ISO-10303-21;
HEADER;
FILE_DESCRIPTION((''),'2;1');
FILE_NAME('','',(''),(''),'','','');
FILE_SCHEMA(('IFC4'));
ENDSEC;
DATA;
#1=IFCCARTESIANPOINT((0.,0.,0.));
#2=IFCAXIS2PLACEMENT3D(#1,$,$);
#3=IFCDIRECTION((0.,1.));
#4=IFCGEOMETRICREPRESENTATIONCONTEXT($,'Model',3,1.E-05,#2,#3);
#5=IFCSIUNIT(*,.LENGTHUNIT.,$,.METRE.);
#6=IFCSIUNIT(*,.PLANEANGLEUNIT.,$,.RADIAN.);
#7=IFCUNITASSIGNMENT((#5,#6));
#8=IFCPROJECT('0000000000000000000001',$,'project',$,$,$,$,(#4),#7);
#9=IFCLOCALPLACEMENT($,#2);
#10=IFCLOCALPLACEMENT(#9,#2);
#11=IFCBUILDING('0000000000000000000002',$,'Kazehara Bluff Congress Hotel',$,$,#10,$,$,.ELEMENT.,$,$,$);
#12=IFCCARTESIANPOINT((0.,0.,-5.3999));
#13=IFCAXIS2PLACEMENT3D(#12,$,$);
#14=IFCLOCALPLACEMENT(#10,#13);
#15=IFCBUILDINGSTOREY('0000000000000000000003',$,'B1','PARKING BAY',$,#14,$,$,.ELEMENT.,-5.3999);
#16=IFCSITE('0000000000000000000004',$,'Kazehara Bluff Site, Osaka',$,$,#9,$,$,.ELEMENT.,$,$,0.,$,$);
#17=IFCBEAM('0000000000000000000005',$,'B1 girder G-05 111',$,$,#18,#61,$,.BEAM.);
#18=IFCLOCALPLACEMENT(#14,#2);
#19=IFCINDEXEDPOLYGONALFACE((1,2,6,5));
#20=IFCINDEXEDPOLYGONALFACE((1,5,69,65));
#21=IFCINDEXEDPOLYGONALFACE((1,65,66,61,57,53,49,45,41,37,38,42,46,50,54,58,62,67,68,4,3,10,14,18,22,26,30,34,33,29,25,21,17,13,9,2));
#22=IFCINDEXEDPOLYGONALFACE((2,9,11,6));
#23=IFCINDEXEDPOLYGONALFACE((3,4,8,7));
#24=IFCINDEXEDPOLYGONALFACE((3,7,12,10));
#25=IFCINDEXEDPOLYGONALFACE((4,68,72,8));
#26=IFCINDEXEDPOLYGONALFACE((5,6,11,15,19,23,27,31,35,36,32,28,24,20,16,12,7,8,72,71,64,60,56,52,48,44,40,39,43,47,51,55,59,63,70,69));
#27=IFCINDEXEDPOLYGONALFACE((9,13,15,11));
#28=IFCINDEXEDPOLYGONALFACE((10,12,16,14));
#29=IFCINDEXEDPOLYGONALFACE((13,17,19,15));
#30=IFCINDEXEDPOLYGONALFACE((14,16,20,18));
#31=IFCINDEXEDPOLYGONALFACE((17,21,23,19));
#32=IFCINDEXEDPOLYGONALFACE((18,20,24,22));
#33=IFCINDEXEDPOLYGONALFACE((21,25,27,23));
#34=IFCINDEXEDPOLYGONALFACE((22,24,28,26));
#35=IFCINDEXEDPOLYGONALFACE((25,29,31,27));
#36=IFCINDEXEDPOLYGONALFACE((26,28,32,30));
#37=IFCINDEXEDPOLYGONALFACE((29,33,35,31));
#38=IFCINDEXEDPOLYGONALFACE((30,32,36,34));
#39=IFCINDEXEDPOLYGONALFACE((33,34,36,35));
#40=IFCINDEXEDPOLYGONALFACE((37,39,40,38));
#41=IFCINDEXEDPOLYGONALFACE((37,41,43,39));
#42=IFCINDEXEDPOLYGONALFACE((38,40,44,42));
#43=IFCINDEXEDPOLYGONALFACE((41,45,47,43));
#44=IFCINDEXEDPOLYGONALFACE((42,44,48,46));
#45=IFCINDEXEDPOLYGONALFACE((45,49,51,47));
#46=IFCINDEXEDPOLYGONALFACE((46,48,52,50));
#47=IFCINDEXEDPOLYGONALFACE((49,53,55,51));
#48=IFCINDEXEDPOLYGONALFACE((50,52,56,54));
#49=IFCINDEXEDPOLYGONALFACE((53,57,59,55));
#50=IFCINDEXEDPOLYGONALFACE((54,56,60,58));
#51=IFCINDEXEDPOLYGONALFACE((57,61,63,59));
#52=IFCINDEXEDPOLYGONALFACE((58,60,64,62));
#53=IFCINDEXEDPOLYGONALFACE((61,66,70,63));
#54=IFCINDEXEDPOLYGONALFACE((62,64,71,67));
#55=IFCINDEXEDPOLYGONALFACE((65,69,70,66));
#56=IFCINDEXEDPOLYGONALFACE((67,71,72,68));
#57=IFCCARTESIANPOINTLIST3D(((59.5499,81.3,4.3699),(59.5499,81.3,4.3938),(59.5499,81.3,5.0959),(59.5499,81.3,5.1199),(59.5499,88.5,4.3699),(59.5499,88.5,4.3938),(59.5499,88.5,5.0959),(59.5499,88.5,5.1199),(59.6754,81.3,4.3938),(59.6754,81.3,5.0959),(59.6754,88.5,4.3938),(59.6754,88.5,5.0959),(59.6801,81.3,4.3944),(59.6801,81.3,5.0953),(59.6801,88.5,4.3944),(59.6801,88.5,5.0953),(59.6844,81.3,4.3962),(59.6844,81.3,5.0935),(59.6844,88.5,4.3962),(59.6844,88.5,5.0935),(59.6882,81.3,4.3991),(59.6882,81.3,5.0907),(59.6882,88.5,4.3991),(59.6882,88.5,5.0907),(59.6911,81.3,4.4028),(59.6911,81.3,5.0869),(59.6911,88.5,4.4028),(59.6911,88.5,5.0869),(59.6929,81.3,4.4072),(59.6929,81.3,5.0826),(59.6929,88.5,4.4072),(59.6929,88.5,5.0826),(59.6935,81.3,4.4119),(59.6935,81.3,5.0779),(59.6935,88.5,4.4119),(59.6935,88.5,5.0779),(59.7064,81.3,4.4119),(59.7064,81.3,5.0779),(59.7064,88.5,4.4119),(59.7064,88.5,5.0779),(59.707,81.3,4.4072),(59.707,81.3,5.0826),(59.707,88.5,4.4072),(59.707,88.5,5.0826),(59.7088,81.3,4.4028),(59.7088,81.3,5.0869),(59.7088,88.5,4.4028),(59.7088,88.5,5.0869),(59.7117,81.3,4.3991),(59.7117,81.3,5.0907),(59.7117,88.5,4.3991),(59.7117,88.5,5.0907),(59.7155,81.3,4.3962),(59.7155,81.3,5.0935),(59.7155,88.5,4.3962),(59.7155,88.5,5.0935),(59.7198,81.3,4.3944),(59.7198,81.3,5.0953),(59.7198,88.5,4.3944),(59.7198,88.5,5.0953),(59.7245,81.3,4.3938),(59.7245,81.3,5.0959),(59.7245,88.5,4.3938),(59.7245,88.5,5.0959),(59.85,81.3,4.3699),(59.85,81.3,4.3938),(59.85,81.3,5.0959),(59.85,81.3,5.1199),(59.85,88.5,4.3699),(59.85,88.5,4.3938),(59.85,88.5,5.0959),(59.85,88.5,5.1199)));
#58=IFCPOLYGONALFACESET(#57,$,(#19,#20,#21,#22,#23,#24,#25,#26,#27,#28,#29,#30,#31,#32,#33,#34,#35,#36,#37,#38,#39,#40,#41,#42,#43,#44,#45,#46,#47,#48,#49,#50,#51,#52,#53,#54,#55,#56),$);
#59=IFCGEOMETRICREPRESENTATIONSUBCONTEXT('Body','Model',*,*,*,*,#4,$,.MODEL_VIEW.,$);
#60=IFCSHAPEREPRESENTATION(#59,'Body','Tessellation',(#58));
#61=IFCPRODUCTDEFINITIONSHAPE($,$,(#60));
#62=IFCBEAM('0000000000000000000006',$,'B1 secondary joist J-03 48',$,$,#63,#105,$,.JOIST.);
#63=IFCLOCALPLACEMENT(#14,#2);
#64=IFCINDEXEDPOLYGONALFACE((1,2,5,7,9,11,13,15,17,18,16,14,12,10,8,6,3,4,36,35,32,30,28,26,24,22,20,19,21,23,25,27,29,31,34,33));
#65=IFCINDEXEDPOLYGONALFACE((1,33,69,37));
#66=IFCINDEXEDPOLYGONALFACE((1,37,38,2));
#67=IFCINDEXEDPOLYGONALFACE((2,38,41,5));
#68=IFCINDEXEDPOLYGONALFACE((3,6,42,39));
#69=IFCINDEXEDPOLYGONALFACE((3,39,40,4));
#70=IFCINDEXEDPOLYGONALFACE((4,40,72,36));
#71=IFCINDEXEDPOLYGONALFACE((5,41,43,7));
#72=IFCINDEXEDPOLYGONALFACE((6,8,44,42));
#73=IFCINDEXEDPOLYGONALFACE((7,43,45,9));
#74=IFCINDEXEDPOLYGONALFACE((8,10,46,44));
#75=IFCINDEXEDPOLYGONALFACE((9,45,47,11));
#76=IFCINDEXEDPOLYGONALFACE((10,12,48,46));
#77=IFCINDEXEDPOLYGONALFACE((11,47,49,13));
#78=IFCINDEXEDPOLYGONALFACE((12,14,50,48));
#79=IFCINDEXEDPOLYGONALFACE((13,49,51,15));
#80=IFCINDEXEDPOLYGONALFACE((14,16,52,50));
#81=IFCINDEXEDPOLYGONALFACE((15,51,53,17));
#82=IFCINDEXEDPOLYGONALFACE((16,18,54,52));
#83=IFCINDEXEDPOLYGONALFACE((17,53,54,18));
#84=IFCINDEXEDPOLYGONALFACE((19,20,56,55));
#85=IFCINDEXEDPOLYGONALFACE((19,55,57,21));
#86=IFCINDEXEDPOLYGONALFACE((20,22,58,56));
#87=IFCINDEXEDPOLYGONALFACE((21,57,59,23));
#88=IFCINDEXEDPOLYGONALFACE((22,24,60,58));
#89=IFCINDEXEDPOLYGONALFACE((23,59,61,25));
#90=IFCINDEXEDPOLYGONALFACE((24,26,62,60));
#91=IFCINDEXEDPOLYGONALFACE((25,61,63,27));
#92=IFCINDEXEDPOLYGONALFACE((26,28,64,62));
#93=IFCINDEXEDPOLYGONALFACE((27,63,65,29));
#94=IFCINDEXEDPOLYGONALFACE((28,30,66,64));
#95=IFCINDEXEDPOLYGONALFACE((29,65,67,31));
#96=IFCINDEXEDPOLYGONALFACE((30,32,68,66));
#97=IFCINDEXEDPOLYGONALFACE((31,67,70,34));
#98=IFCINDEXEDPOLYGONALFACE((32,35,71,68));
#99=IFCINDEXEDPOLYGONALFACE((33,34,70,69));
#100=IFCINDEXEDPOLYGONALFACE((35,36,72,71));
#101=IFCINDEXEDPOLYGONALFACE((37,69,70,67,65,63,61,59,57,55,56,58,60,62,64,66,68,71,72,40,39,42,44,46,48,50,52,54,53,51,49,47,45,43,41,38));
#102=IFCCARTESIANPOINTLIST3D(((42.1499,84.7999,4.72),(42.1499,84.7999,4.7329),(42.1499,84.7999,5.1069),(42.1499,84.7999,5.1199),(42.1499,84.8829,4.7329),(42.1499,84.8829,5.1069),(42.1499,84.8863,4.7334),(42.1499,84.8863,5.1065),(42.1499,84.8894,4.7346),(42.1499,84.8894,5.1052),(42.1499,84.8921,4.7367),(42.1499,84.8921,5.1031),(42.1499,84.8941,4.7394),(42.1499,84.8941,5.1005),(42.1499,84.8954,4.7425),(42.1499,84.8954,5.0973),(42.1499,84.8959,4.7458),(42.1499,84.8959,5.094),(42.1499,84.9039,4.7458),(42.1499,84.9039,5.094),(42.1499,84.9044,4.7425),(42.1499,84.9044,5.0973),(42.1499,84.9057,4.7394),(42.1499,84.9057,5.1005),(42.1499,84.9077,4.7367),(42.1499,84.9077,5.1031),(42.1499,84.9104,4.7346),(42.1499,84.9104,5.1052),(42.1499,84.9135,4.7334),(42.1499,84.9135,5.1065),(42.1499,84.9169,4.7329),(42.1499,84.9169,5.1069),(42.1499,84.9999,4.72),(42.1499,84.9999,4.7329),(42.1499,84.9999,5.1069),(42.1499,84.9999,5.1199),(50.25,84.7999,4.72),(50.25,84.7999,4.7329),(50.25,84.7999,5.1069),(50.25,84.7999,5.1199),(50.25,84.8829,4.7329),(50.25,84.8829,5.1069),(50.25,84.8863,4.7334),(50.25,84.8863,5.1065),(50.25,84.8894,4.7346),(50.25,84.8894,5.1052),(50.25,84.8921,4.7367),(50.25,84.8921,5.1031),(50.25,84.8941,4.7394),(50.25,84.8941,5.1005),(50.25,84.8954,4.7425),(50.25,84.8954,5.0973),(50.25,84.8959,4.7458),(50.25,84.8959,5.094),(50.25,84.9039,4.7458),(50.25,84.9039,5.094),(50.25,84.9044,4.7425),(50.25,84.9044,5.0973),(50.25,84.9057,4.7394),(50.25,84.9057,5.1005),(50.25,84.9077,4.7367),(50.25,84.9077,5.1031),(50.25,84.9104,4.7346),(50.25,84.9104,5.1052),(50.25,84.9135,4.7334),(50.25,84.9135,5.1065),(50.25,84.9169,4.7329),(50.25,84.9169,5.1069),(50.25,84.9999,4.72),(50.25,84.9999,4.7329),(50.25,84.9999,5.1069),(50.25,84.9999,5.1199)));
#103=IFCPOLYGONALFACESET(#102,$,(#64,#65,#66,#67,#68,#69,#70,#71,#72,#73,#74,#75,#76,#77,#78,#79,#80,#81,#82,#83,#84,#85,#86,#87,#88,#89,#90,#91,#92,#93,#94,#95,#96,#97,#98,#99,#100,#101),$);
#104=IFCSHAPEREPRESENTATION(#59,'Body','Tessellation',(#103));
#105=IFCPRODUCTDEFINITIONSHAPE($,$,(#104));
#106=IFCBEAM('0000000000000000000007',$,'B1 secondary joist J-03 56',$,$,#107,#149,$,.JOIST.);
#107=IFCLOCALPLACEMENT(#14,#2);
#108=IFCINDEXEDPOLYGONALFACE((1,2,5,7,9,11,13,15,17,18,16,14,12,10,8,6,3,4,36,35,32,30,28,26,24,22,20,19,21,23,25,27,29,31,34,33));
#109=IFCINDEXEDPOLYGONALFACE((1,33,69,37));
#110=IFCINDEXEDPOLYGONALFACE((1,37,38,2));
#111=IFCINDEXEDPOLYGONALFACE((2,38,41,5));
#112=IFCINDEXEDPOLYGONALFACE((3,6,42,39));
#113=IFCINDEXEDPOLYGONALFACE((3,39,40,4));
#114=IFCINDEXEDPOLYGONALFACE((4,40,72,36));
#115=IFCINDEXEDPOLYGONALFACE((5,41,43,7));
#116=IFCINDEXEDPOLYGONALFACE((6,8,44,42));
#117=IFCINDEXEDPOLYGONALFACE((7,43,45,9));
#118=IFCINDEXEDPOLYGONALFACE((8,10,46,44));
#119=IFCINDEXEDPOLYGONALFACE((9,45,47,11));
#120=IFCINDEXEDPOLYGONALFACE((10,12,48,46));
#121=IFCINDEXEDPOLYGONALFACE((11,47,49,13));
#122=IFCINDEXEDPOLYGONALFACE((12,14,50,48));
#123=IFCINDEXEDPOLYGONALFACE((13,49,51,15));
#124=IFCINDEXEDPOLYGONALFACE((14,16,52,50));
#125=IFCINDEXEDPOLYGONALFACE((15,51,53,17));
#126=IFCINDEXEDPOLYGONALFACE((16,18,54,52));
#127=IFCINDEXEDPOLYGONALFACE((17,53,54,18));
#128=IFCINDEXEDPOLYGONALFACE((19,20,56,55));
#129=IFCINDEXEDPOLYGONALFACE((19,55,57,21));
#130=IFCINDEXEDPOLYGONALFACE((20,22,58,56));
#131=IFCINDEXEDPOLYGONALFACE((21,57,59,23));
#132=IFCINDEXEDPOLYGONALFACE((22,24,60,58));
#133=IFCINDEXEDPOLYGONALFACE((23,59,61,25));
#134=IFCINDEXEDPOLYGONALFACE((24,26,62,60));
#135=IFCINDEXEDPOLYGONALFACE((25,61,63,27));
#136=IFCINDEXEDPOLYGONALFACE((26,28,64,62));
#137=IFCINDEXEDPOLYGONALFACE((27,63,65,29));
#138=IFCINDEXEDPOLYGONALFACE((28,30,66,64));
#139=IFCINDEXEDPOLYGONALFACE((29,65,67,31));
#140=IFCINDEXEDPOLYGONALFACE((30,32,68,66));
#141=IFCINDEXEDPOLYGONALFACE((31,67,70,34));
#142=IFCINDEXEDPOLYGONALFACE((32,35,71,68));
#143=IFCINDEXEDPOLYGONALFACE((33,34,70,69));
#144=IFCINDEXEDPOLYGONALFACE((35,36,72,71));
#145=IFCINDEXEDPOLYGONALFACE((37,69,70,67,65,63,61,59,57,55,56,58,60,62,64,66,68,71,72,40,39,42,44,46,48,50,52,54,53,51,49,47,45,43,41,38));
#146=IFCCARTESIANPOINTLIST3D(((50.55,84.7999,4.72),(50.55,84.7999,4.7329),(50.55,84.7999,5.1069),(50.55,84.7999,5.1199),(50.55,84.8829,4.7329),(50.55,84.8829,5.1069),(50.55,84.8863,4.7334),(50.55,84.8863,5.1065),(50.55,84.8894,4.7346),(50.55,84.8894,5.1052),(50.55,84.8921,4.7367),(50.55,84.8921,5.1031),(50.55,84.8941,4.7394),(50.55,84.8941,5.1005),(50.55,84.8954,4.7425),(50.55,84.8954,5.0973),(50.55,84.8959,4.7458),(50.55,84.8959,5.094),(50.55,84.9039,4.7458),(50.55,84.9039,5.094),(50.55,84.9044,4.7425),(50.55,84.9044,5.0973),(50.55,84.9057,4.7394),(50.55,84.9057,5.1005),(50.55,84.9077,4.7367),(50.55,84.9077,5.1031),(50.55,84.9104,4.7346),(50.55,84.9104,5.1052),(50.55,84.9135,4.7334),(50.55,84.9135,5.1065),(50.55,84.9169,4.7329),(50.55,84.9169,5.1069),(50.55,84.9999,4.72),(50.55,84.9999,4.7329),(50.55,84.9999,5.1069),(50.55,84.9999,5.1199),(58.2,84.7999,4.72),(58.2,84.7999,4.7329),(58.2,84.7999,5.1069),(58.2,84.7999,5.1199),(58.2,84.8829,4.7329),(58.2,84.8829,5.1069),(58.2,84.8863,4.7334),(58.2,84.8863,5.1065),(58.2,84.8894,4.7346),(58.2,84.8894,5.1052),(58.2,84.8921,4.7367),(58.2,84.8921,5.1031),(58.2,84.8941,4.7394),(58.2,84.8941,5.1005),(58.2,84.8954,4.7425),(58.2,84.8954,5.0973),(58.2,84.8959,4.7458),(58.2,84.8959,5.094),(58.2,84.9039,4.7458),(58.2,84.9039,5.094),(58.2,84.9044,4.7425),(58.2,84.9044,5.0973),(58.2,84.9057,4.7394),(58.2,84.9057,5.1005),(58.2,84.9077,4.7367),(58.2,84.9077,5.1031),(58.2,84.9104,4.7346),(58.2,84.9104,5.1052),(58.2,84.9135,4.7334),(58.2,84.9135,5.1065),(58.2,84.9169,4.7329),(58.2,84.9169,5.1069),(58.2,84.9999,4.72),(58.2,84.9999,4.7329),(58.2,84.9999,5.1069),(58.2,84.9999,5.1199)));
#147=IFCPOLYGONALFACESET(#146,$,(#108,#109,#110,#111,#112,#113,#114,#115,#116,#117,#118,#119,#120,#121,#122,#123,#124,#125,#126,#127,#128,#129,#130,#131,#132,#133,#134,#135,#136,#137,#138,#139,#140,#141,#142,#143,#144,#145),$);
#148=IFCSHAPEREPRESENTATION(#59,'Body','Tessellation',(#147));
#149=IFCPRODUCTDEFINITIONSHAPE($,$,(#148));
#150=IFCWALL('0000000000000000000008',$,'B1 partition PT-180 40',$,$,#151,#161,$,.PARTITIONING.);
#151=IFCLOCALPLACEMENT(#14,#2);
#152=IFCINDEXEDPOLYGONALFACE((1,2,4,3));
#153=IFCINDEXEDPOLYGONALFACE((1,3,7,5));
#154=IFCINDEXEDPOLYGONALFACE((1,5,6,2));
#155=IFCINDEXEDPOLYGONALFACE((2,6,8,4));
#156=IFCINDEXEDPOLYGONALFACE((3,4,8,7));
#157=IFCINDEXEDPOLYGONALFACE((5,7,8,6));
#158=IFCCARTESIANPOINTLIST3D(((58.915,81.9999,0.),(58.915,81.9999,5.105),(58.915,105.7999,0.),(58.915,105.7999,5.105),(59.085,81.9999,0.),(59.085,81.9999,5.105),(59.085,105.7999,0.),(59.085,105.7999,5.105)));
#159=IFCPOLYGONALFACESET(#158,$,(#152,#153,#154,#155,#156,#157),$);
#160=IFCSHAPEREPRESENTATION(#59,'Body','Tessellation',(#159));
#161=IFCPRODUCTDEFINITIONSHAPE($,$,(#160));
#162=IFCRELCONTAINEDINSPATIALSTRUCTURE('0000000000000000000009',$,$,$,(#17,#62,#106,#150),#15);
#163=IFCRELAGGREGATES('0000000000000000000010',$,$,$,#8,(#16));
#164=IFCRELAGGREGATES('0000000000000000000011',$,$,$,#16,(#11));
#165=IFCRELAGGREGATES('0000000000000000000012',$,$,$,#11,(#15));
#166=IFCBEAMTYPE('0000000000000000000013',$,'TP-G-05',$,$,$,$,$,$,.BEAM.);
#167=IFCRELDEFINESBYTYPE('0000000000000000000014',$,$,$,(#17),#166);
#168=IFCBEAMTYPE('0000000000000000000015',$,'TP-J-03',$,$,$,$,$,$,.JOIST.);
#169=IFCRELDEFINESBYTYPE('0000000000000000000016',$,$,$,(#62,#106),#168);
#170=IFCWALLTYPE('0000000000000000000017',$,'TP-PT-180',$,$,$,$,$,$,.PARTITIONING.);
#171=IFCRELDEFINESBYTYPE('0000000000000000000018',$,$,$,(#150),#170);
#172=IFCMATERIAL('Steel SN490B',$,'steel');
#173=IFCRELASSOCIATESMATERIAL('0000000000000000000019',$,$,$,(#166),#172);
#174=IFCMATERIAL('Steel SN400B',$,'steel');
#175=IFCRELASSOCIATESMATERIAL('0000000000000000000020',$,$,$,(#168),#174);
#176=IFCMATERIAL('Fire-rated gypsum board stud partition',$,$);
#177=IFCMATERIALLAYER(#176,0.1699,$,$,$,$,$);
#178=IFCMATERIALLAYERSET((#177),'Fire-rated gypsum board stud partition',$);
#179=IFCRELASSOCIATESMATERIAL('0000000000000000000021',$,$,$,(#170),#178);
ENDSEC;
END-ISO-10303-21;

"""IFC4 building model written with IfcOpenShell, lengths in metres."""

from ifc_helpers import new_model, si_unit, direction, frame, frame_2d, origin, origin_2d, place, context, subcontext, project, spatial, rectangle, i_section, extrude, material, layer, layer_set, material_profile, profile_set, type_object, element, save


model = new_model("IFC4")

# Units and contexts
model_context = context("Model", 3, precision=1e-05, world=origin(), true_north=direction((0.0, 1.0)))
body_context = subcontext(model_context, "Body", "Model", "MODEL_VIEW")
ifc_project = project(units=[si_unit("LENGTHUNIT", "METRE"), si_unit("PLANEANGLEUNIT", "RADIAN")], contexts=[model_context])

# Site, building, storey
site_placement = place(None, origin())
site = spatial("IfcSite", under=ifc_project, at=site_placement, Name="Kazehara Bluff Site, Osaka", CompositionType="ELEMENT", RefElevation=0.0)
building_placement = place(site_placement, origin())
building = spatial("IfcBuilding", under=site, at=building_placement, Name="Kazehara Bluff Congress Hotel", CompositionType="ELEMENT")
storey_placement = place(building_placement, frame((0.0, 0.0, -5.3999)))
storey = spatial("IfcBuildingStorey", under=building, at=storey_placement, Name="B1", Description="PARKING BAY", CompositionType="ELEMENT", Elevation=-5.3999)

# Beams
ifc_material_1 = material(Name="Steel SN490B", Category="steel")
ifc_material_profile_1 = material_profile(ifc_material_1, i_section(OverallWidth=0.3, OverallDepth=0.75, WebThickness=0.0129, FlangeThickness=0.0239, FilletRadius=0.0181, at=origin_2d()))
ifc_profile_set_1 = profile_set([ifc_material_profile_1], Name="Steel SN490B")
beam_type_1 = type_object("IfcBeamType", Name="TP-G-05", PredefinedType="BEAM", material=ifc_profile_set_1)
beam_1_placement = place(storey_placement, frame((59.7, 81.3, 4.7449), z_axis=(0.0, 1.0, 0.0), x_axis=(-1.0, 0.0, 0.0)))
element("IfcBeam", 1, at=beam_1_placement, inside=storey, type_object=beam_type_1, Name="B1 girder G-05 111", PredefinedType="BEAM", context=body_context, shape_type="SweptSolid", body=[
    extrude(i_section(OverallWidth=0.3, OverallDepth=0.75, WebThickness=0.0129, FlangeThickness=0.0239, FilletRadius=0.0181, at=origin_2d()), origin(), (0.0, 0.0, 1.0), 7.2),
])
ifc_material_2 = material(Name="Steel SN400B", Category="steel")
ifc_material_profile_2 = material_profile(ifc_material_2, i_section(OverallWidth=0.2, OverallDepth=0.3999, WebThickness=0.0081, FlangeThickness=0.0129, FilletRadius=0.0129, at=origin_2d()))
ifc_profile_set_2 = profile_set([ifc_material_profile_2], Name="Steel SN400B")
beam_type_2 = type_object("IfcBeamType", Name="TP-J-03", PredefinedType="JOIST", material=ifc_profile_set_2)
beam_2_placement = place(storey_placement, frame((42.1499, 84.8999, 4.9199), z_axis=(1.0, 0.0, 0.0), x_axis=(0.0, 1.0, 0.0)))
element("IfcBeam", 2, at=beam_2_placement, inside=storey, type_object=beam_type_2, Name="B1 secondary joist J-03 48", PredefinedType="JOIST", context=body_context, shape_type="SweptSolid", body=[
    extrude(i_section(OverallWidth=0.2, OverallDepth=0.3999, WebThickness=0.0081, FlangeThickness=0.0129, FilletRadius=0.0129, at=origin_2d()), origin(), (0.0, 0.0, 1.0), 8.1001),
])
beam_3_placement = place(storey_placement, frame((50.55, 84.8999, 4.9199), z_axis=(1.0, 0.0, 0.0), x_axis=(0.0, 1.0, 0.0)))
element("IfcBeam", 3, at=beam_3_placement, inside=storey, type_object=beam_type_2, Name="B1 secondary joist J-03 56", PredefinedType="JOIST", context=body_context, shape_type="SweptSolid", body=[
    extrude(i_section(OverallWidth=0.2, OverallDepth=0.3999, WebThickness=0.0081, FlangeThickness=0.0129, FilletRadius=0.0129, at=origin_2d()), origin(), (0.0, 0.0, 1.0), 7.6499),
])

# Wall
ifc_material_3 = material(Name="Fire-rated gypsum board stud partition")
ifc_layer_1 = layer(ifc_material_3, 0.1699)
ifc_layer_set_1 = layer_set([ifc_layer_1], Name="Fire-rated gypsum board stud partition")
wall_type = type_object("IfcWallType", Name="TP-PT-180", PredefinedType="PARTITIONING", material=ifc_layer_set_1)
wall_placement = place(storey_placement, frame((59.0, 82.0, 0.0), z_axis=(0.0, 0.0, 1.0), x_axis=(0.0, 1.0, 0.0)))
element("IfcWall", 4, at=wall_placement, inside=storey, type_object=wall_type, Name="B1 partition PT-180 40", PredefinedType="PARTITIONING", context=body_context, shape_type="SweptSolid", body=[
    extrude(rectangle(XDim=23.8, YDim=0.1699, at=frame_2d((11.8999, 0.0))), origin(), (0.0, 0.0, 1.0), 5.105),
])

save(model, "model.ifc")
